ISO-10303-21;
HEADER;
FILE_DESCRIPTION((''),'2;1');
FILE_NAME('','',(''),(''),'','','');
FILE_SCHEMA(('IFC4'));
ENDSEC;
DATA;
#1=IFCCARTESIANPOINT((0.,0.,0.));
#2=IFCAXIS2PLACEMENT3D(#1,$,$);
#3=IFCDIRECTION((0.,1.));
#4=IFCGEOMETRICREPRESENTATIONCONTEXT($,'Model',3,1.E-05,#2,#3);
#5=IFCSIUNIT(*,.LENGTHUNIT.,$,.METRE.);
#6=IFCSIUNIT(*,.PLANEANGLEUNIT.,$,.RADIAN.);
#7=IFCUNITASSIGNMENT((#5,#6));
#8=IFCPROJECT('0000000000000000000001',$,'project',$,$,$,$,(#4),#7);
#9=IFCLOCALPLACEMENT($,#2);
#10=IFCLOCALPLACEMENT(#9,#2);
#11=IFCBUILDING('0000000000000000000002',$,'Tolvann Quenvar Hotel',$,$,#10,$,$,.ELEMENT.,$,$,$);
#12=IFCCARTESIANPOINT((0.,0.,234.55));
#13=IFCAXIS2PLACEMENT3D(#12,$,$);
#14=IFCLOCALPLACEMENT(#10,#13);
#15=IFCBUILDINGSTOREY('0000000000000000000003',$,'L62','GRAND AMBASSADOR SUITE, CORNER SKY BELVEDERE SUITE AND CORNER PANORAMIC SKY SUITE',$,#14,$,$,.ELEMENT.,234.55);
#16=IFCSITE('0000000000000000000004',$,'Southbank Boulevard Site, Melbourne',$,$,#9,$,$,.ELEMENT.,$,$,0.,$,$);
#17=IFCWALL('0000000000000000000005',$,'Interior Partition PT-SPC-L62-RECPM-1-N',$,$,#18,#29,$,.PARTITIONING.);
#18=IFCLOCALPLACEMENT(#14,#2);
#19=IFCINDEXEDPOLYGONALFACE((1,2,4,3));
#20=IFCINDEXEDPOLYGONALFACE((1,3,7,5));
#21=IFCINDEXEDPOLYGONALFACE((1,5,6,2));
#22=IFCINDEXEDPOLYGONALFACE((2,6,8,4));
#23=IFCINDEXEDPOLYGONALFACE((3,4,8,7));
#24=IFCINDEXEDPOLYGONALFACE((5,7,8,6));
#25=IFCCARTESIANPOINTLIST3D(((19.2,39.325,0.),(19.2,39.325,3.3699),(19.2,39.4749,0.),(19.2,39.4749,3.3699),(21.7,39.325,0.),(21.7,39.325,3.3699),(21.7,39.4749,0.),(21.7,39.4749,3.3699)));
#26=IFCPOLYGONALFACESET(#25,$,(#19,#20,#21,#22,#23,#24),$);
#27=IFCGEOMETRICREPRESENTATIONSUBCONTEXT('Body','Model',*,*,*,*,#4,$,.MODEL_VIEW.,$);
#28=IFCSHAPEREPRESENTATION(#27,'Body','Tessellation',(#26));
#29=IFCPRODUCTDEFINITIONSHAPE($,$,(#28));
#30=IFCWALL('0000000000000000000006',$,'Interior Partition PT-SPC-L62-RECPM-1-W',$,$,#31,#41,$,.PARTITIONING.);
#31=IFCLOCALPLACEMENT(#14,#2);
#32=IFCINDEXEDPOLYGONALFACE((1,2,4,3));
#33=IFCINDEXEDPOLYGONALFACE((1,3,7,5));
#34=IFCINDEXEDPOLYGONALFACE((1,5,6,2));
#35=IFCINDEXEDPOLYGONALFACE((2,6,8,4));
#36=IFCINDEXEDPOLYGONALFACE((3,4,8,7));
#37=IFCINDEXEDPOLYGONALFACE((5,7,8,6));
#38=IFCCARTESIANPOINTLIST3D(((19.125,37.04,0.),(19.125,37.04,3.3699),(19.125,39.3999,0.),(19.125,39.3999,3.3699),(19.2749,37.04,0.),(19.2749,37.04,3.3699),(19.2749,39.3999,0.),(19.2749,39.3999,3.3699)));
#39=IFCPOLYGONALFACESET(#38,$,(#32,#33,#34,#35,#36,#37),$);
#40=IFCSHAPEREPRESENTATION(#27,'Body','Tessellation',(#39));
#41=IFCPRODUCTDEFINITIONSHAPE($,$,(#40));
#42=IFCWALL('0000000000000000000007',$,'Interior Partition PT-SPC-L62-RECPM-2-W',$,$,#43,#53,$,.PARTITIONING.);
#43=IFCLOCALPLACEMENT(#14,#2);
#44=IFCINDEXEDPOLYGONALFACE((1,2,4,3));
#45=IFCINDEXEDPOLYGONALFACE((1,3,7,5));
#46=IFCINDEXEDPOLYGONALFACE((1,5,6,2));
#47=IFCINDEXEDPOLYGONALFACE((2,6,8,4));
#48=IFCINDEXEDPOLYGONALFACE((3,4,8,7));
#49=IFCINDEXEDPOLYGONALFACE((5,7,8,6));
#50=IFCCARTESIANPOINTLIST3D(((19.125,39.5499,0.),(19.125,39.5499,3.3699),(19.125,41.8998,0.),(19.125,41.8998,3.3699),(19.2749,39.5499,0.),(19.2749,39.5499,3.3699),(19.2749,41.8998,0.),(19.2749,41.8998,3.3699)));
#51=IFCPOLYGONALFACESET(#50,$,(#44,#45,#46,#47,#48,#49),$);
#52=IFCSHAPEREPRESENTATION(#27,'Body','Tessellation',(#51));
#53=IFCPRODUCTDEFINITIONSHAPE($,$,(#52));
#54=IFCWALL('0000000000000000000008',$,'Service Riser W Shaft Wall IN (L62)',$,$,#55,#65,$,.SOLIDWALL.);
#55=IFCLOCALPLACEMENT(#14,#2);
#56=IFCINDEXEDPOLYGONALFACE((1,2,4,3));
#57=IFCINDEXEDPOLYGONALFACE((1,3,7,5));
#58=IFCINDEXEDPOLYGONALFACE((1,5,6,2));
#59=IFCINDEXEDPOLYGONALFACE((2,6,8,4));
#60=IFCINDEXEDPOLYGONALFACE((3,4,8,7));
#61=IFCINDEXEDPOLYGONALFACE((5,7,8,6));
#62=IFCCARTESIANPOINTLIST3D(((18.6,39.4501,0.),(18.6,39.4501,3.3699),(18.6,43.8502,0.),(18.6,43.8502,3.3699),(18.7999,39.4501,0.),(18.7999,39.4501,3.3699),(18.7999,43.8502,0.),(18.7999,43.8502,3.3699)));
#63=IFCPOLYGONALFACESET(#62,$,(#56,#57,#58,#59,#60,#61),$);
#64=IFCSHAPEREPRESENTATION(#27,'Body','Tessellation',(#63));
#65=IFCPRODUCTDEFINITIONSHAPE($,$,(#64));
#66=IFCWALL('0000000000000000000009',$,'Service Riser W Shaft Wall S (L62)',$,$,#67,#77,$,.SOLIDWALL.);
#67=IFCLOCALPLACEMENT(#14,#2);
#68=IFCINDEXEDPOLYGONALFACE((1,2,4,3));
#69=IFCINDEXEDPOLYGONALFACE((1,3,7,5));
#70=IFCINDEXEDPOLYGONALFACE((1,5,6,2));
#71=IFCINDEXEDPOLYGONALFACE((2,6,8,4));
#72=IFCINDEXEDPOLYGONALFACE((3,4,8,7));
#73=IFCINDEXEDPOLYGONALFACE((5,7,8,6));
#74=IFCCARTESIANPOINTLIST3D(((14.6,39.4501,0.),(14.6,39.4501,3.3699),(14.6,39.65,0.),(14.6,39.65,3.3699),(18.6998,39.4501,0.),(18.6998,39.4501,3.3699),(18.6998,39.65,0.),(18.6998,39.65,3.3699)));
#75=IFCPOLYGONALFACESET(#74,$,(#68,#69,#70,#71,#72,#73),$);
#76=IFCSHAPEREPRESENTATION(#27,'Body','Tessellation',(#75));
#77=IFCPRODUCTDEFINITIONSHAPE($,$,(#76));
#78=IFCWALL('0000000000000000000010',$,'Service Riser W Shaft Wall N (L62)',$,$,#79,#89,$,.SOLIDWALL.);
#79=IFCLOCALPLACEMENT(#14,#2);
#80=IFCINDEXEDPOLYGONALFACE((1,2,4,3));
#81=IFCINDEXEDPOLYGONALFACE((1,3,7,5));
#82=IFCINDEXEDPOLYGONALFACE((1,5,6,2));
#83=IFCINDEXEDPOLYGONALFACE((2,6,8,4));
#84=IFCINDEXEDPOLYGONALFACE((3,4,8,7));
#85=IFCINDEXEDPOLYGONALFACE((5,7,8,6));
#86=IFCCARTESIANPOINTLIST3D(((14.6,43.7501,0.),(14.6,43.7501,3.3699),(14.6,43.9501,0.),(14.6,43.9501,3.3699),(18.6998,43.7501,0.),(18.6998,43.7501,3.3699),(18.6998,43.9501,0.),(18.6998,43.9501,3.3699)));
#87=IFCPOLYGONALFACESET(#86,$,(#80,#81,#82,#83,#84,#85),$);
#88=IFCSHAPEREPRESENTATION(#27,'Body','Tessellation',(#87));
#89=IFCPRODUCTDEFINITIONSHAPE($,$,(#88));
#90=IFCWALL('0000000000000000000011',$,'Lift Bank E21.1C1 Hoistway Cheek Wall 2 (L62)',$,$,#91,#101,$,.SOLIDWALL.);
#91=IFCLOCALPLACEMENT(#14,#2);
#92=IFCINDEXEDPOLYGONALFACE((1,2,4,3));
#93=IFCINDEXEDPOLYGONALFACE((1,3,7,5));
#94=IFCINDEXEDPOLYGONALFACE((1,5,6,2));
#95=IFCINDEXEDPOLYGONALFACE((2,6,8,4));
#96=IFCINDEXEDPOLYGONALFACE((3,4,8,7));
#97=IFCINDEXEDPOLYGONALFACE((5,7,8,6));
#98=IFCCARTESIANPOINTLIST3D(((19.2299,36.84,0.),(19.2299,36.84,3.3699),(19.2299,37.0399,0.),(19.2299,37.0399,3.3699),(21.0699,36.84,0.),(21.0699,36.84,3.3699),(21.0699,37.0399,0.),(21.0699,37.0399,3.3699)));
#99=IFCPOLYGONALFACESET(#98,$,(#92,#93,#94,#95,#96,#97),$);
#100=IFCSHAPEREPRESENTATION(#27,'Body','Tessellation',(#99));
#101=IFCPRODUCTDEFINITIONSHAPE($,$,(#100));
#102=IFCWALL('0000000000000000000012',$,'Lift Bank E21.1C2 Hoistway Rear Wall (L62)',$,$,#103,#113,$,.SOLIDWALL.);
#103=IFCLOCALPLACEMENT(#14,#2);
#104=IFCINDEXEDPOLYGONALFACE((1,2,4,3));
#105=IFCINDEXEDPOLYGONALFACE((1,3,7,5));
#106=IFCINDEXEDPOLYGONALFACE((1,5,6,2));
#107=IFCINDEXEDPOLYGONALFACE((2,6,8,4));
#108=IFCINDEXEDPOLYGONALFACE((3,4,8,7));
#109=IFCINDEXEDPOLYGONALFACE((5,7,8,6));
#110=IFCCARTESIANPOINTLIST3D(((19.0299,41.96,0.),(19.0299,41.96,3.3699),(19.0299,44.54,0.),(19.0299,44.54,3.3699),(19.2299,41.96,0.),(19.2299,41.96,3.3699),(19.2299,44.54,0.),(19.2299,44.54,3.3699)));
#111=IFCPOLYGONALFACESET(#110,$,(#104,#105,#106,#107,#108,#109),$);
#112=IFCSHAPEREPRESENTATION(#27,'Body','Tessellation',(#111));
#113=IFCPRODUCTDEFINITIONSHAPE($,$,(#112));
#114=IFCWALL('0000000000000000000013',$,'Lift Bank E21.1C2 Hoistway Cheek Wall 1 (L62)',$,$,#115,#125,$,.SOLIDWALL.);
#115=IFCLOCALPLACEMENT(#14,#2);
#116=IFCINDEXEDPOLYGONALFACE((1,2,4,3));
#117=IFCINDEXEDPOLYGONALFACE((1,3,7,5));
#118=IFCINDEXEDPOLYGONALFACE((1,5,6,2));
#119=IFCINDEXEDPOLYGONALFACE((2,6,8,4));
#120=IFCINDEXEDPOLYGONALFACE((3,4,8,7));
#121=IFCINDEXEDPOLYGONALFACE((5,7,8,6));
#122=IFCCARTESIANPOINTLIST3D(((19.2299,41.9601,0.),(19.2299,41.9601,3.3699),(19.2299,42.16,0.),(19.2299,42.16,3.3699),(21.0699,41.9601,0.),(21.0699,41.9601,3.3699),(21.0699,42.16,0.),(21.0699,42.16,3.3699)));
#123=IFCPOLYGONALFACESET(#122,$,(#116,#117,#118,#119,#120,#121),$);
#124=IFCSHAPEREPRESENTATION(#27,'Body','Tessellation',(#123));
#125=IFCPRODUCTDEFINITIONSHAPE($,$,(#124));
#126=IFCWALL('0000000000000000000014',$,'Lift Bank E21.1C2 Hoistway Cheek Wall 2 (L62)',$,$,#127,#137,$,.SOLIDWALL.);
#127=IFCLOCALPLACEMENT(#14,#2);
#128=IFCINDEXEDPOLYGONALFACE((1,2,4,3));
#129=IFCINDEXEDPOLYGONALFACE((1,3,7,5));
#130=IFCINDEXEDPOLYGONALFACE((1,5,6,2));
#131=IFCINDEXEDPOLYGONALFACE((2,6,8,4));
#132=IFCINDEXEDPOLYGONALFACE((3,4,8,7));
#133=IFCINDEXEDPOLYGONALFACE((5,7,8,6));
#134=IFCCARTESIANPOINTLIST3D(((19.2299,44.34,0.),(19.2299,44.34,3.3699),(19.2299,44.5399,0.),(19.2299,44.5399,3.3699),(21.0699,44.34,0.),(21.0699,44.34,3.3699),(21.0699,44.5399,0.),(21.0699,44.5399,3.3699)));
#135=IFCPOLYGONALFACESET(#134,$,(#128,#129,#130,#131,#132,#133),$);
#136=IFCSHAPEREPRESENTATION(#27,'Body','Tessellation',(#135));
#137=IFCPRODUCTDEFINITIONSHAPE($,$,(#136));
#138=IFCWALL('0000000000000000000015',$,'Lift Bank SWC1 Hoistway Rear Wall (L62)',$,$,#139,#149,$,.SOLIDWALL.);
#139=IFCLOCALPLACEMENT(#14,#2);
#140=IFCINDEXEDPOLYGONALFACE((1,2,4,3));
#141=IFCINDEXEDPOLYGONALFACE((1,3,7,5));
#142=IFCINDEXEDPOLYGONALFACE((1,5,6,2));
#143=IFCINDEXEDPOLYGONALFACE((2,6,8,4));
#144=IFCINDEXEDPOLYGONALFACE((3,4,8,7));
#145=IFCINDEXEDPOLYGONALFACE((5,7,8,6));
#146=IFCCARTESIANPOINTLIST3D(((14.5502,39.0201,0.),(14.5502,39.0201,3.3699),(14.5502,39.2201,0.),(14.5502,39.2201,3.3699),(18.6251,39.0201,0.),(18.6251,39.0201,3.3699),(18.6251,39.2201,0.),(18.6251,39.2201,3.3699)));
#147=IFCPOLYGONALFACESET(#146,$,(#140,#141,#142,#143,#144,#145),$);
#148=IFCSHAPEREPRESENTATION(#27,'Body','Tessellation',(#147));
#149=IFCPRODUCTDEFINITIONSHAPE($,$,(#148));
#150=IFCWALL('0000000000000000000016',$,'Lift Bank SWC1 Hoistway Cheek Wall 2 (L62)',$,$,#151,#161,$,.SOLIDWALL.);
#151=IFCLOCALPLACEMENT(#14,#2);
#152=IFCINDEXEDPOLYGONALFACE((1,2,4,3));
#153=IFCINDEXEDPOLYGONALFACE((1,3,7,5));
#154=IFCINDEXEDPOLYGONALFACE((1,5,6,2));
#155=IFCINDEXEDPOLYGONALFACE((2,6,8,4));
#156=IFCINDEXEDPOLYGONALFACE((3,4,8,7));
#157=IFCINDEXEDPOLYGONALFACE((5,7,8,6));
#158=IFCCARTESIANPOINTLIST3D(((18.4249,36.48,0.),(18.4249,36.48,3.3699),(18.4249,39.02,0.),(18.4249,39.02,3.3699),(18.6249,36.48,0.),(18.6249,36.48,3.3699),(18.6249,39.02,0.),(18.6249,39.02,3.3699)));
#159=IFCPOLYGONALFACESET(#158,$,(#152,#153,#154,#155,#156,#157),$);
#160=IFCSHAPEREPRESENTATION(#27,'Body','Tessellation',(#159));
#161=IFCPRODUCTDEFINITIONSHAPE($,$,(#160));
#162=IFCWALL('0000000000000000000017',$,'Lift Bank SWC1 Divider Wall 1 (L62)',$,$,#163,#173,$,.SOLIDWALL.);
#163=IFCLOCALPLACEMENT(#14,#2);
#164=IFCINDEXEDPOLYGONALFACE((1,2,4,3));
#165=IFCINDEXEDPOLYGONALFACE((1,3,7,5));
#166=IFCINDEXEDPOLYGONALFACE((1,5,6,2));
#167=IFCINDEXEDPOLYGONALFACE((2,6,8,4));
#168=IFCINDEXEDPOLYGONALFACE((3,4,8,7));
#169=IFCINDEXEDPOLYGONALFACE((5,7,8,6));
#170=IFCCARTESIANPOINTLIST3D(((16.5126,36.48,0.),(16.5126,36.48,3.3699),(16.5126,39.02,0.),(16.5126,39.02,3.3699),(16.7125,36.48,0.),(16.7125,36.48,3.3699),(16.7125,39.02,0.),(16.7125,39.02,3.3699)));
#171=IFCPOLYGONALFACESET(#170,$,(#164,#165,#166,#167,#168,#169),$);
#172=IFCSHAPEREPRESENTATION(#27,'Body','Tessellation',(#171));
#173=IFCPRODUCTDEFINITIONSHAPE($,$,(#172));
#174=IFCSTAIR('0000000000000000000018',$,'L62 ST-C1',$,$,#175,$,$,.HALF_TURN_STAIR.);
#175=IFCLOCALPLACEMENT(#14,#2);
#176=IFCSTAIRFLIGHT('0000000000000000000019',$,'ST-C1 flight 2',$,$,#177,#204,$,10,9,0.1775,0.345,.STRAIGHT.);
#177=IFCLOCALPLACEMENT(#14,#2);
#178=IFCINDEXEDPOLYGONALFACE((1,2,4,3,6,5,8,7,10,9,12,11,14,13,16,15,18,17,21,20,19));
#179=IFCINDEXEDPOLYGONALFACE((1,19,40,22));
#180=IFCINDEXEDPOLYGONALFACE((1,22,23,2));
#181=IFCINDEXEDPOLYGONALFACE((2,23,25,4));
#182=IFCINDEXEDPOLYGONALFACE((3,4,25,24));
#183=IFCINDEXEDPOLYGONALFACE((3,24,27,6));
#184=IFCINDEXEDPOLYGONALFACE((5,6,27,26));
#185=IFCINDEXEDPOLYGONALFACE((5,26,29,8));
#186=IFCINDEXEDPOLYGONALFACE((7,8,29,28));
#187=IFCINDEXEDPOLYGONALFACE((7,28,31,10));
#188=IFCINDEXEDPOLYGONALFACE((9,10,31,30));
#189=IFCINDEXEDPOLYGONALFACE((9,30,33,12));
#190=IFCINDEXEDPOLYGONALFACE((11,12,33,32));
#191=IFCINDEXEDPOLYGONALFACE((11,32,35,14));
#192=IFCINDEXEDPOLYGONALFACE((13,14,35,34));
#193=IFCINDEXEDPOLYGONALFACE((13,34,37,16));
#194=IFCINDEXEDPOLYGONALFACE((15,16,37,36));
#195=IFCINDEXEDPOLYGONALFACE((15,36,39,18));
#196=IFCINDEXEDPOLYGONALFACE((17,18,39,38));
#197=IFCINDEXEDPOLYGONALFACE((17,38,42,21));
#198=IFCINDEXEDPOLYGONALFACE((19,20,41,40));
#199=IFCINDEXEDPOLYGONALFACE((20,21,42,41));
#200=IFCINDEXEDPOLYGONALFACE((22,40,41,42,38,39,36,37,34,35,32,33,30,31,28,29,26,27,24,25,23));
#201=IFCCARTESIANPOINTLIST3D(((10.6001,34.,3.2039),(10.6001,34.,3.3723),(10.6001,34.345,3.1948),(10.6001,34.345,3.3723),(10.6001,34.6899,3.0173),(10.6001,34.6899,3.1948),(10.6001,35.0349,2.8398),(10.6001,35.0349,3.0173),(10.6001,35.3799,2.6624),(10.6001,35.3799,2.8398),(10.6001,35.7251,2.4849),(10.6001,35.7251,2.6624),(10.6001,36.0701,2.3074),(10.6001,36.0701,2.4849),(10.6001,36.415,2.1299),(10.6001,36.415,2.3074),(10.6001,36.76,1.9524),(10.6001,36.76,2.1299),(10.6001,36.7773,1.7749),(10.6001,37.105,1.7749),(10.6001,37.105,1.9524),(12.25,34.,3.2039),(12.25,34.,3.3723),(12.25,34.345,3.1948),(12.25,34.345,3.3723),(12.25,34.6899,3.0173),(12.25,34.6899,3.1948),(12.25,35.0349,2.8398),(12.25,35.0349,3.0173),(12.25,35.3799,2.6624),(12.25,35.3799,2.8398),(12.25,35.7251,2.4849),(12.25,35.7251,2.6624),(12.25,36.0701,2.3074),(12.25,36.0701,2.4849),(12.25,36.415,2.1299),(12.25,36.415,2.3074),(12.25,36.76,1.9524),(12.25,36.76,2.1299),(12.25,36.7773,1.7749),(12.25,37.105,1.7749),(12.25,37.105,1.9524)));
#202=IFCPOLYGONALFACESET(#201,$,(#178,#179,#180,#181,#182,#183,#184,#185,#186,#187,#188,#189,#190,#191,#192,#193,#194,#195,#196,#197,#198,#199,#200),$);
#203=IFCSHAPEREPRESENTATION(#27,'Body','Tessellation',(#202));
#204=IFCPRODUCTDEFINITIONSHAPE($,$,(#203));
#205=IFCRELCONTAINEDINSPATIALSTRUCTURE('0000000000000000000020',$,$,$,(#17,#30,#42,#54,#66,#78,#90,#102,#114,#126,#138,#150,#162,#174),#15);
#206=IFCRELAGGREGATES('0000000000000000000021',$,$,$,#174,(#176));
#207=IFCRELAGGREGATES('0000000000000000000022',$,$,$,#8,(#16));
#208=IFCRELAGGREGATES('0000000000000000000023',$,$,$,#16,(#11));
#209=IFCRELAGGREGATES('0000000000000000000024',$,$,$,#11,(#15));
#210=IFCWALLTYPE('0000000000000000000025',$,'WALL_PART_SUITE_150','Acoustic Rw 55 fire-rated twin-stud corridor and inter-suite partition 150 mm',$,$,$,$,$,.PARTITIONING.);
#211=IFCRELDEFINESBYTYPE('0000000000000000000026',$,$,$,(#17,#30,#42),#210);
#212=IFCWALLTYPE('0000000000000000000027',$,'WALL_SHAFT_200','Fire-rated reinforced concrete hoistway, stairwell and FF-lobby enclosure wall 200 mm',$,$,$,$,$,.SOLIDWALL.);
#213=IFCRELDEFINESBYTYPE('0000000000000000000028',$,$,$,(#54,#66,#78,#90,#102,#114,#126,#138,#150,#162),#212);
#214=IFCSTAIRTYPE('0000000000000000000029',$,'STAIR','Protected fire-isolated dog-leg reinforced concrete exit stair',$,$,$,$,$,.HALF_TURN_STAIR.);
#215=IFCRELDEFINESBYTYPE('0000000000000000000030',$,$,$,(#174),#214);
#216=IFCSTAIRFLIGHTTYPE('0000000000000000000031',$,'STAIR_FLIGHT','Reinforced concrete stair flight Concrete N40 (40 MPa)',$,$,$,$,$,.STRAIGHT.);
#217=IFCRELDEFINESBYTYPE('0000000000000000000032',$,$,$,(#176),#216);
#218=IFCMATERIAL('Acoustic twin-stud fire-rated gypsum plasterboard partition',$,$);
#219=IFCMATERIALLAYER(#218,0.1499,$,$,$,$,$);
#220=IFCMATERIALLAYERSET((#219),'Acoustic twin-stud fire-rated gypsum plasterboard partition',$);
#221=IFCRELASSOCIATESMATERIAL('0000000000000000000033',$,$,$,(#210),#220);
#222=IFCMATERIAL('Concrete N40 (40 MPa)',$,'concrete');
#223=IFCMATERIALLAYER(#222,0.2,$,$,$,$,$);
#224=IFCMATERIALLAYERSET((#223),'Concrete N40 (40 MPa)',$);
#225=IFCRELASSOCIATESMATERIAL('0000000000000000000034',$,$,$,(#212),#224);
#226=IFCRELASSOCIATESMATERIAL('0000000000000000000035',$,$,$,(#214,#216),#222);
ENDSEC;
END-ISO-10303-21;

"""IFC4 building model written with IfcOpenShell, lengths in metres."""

from ifc_helpers import new_model, si_unit, direction, frame, frame_2d, origin, place, context, subcontext, project, spatial, polyline, rectangle, outline, extrude, material, layer, layer_set, type_object, element, aggregate, save


model = new_model("IFC4")

# Units and contexts
model_context = context("Model", 3, precision=1e-05, world=origin(), true_north=direction((0.0, 1.0)))
body_context = subcontext(model_context, "Body", "Model", "MODEL_VIEW")
ifc_project = project(units=[si_unit("LENGTHUNIT", "METRE"), si_unit("PLANEANGLEUNIT", "RADIAN")], contexts=[model_context])

# Site, building, storey
site_placement = place(None, origin())
site = spatial("IfcSite", under=ifc_project, at=site_placement, Name="Southbank Boulevard Site, Melbourne", CompositionType="ELEMENT", RefElevation=0.0)
building_placement = place(site_placement, origin())
building = spatial("IfcBuilding", under=site, at=building_placement, Name="Tolvann Quenvar Hotel", CompositionType="ELEMENT")
storey_placement = place(building_placement, frame((0.0, 0.0, 234.55)))
storey = spatial("IfcBuildingStorey", under=building, at=storey_placement, Name="L62", Description="GRAND AMBASSADOR SUITE, CORNER SKY BELVEDERE SUITE AND CORNER PANORAMIC SKY SUITE", CompositionType="ELEMENT", Elevation=234.55)

# Walls
ifc_material_1 = material(Name="Acoustic twin-stud fire-rated gypsum plasterboard partition")
ifc_layer_1 = layer(ifc_material_1, 0.1499)
ifc_layer_set_1 = layer_set([ifc_layer_1], Name="Acoustic twin-stud fire-rated gypsum plasterboard partition")
wall_type_1 = type_object("IfcWallType", Name="WALL_PART_SUITE_150", Description="Acoustic Rw 55 fire-rated twin-stud corridor and inter-suite partition 150 mm", PredefinedType="PARTITIONING", material=ifc_layer_set_1)
wall_1_placement = place(storey_placement, frame((19.2, 39.3999, 0.0), z_axis=(0.0, 0.0, 1.0), x_axis=(1.0, 0.0, 0.0)))
element("IfcWall", 1, at=wall_1_placement, inside=storey, type_object=wall_type_1, Name="Interior Partition PT-SPC-L62-RECPM-1-N", PredefinedType="PARTITIONING", context=body_context, shape_type="SweptSolid", body=[
    extrude(rectangle(XDim=2.5, YDim=0.1499, at=frame_2d((1.25, 0.0))), origin(), (0.0, 0.0, 1.0), 3.3699),
])
wall_2_placement = place(storey_placement, frame((19.2, 37.04, 0.0), z_axis=(0.0, 0.0, 1.0), x_axis=(0.0, 1.0, 0.0)))
element("IfcWall", 2, at=wall_2_placement, inside=storey, type_object=wall_type_1, Name="Interior Partition PT-SPC-L62-RECPM-1-W", PredefinedType="PARTITIONING", context=body_context, shape_type="SweptSolid", body=[
    extrude(rectangle(XDim=2.3599, YDim=0.1499, at=frame_2d((1.1799, 0.0))), origin(), (0.0, 0.0, 1.0), 3.3699),
])
wall_3_placement = place(storey_placement, frame((19.2, 39.55, 0.0), z_axis=(0.0, 0.0, 1.0), x_axis=(0.0, 1.0, 0.0)))
element("IfcWall", 3, at=wall_3_placement, inside=storey, type_object=wall_type_1, Name="Interior Partition PT-SPC-L62-RECPM-2-W", PredefinedType="PARTITIONING", context=body_context, shape_type="SweptSolid", body=[
    extrude(rectangle(XDim=2.3499, YDim=0.1499, at=frame_2d((1.1748, 0.0))), origin(), (0.0, 0.0, 1.0), 3.3699),
])
ifc_material_2 = material(Name="Concrete N40 (40 MPa)", Category="concrete")
ifc_layer_2 = layer(ifc_material_2, 0.2)
ifc_layer_set_2 = layer_set([ifc_layer_2], Name="Concrete N40 (40 MPa)")
wall_type_2 = type_object("IfcWallType", Name="WALL_SHAFT_200", Description="Fire-rated reinforced concrete hoistway, stairwell and FF-lobby enclosure wall 200 mm", PredefinedType="SOLIDWALL", material=ifc_layer_set_2)
wall_4_placement = place(storey_placement, frame((18.7, 39.45, 0.0), z_axis=(0.0, 0.0, 1.0), x_axis=(0.0, 1.0, 0.0)))
element("IfcWall", 4, at=wall_4_placement, inside=storey, type_object=wall_type_2, Name="Service Riser W Shaft Wall IN (L62)", PredefinedType="SOLIDWALL", context=body_context, shape_type="SweptSolid", body=[
    extrude(rectangle(XDim=4.4001, YDim=0.2, at=frame_2d((2.2002, 0.0))), origin(), (0.0, 0.0, 1.0), 3.3699),
])
for number, where, z_axis, x_axis, name in (
    (5, (14.6001, 39.55, 0.0), (0.0, 0.0, 1.0), (1.0, 0.0, 0.0), "Service Riser W Shaft Wall S (L62)"),
    (6, (14.6001, 43.8501, 0.0), (0.0, 0.0, 1.0), (1.0, 0.0, 0.0), "Service Riser W Shaft Wall N (L62)"),
):
    element("IfcWall", number, at=place(storey_placement, frame(where, z_axis=z_axis, x_axis=x_axis)), inside=storey, type_object=wall_type_2, Name=name, PredefinedType="SOLIDWALL", context=body_context, shape_type="SweptSolid", body=[
        extrude(rectangle(XDim=4.0999, YDim=0.2, at=frame_2d((2.0498, 0.0))), origin(), (0.0, 0.0, 1.0), 3.3699),
    ])
wall_5_placement = place(storey_placement, frame((19.23, 36.9399, 0.0), z_axis=(0.0, 0.0, 1.0), x_axis=(1.0, 0.0, 0.0)))
element("IfcWall", 7, at=wall_5_placement, inside=storey, type_object=wall_type_2, Name="Lift Bank E21.1C1 Hoistway Cheek Wall 2 (L62)", PredefinedType="SOLIDWALL", context=body_context, shape_type="SweptSolid", body=[
    extrude(rectangle(XDim=1.8401, YDim=0.2, at=frame_2d((0.9199, 0.0))), origin(), (0.0, 0.0, 1.0), 3.3699),
])
wall_6_placement = place(storey_placement, frame((19.1299, 41.96, 0.0), z_axis=(0.0, 0.0, 1.0), x_axis=(0.0, 1.0, 0.0)))
element("IfcWall", 8, at=wall_6_placement, inside=storey, type_object=wall_type_2, Name="Lift Bank E21.1C2 Hoistway Rear Wall (L62)", PredefinedType="SOLIDWALL", context=body_context, shape_type="SweptSolid", body=[
    extrude(rectangle(XDim=2.5801, YDim=0.2, at=frame_2d((1.29, 0.0))), origin(), (0.0, 0.0, 1.0), 3.3699),
])
for number, where, z_axis, x_axis, name in (
    (9, (19.23, 42.0601, 0.0), (0.0, 0.0, 1.0), (1.0, 0.0, 0.0), "Lift Bank E21.1C2 Hoistway Cheek Wall 1 (L62)"),
    (10, (19.23, 44.4399, 0.0), (0.0, 0.0, 1.0), (1.0, 0.0, 0.0), "Lift Bank E21.1C2 Hoistway Cheek Wall 2 (L62)"),
):
    element("IfcWall", number, at=place(storey_placement, frame(where, z_axis=z_axis, x_axis=x_axis)), inside=storey, type_object=wall_type_2, Name=name, PredefinedType="SOLIDWALL", context=body_context, shape_type="SweptSolid", body=[
        extrude(rectangle(XDim=1.8401, YDim=0.2, at=frame_2d((0.9199, 0.0))), origin(), (0.0, 0.0, 1.0), 3.3699),
    ])
wall_7_placement = place(storey_placement, frame((14.55, 39.1201, 0.0), z_axis=(0.0, 0.0, 1.0), x_axis=(1.0, 0.0, 0.0)))
element("IfcWall", 11, at=wall_7_placement, inside=storey, type_object=wall_type_2, Name="Lift Bank SWC1 Hoistway Rear Wall (L62)", PredefinedType="SOLIDWALL", context=body_context, shape_type="SweptSolid", body=[
    extrude(rectangle(XDim=4.075, YDim=0.2, at=frame_2d((2.0376, 0.0))), origin(), (0.0, 0.0, 1.0), 3.3699),
])
for number, where, z_axis, x_axis, name in (
    (12, (18.5249, 36.48, 0.0), (0.0, 0.0, 1.0), (0.0, 1.0, 0.0), "Lift Bank SWC1 Hoistway Cheek Wall 2 (L62)"),
    (13, (16.6125, 36.48, 0.0), (0.0, 0.0, 1.0), (0.0, 1.0, 0.0), "Lift Bank SWC1 Divider Wall 1 (L62)"),
):
    element("IfcWall", number, at=place(storey_placement, frame(where, z_axis=z_axis, x_axis=x_axis)), inside=storey, type_object=wall_type_2, Name=name, PredefinedType="SOLIDWALL", context=body_context, shape_type="SweptSolid", body=[
        extrude(rectangle(XDim=2.54, YDim=0.2, at=frame_2d((1.27, 0.0))), origin(), (0.0, 0.0, 1.0), 3.3699),
    ])

# Stair, stair flight
stair_type = type_object("IfcStairType", Name="STAIR", Description="Protected fire-isolated dog-leg reinforced concrete exit stair", PredefinedType="HALF_TURN_STAIR", material=ifc_material_2)
stair_placement = place(storey_placement, origin())
stair = element("IfcStair", 14, at=stair_placement, inside=storey, type_object=stair_type, Name="L62 ST-C1", PredefinedType="HALF_TURN_STAIR")
stair_flight_type = type_object("IfcStairFlightType", Name="STAIR_FLIGHT", Description="Reinforced concrete stair flight Concrete N40 (40 MPa)", PredefinedType="STRAIGHT", material=ifc_material_2)
stair_flight_placement = place(storey_placement, frame((11.425, 37.105, 1.7749), z_axis=(0.0, 0.0, 1.0), x_axis=(0.0, -1.0, 0.0)))
stair_flight = element("IfcStairFlight", 15, at=stair_flight_placement, type_object=stair_flight_type, Name="ST-C1 flight 2", NumberOfRisers=10, NumberOfTreads=9, PredefinedType="STRAIGHT", RiserHeight=0.1775, TreadLength=0.345, context=body_context, shape_type="SweptSolid", body=[
    extrude(outline(polyline([(0.0, 0.0), (0.0, 0.1775), (0.345, 0.1775), (0.345, 0.355), (0.6899, 0.355), (0.6899, 0.5325), (1.0349, 0.5325), (1.0349, 0.71), (1.3799, 0.71), (1.3799, 0.8875), (1.7251, 0.8875), (1.7251, 1.0649), (2.0701, 1.0649), (2.0701, 1.2424), (2.415, 1.2424), (2.415, 1.4199), (2.76, 1.4199), (2.76, 1.5974), (3.105, 1.5974), (3.105, 1.7749), (3.105, 1.429), (0.3276, 0.0), (0.0, 0.0)])), frame((0.0, 0.825, 0.0), z_axis=(0.0, -1.0, 0.0), x_axis=(1.0, 0.0, 0.0)), (0.0, 0.0, 1.0), 1.6499),
])
aggregate(stair, [stair_flight])

save(model, "model.ifc")
